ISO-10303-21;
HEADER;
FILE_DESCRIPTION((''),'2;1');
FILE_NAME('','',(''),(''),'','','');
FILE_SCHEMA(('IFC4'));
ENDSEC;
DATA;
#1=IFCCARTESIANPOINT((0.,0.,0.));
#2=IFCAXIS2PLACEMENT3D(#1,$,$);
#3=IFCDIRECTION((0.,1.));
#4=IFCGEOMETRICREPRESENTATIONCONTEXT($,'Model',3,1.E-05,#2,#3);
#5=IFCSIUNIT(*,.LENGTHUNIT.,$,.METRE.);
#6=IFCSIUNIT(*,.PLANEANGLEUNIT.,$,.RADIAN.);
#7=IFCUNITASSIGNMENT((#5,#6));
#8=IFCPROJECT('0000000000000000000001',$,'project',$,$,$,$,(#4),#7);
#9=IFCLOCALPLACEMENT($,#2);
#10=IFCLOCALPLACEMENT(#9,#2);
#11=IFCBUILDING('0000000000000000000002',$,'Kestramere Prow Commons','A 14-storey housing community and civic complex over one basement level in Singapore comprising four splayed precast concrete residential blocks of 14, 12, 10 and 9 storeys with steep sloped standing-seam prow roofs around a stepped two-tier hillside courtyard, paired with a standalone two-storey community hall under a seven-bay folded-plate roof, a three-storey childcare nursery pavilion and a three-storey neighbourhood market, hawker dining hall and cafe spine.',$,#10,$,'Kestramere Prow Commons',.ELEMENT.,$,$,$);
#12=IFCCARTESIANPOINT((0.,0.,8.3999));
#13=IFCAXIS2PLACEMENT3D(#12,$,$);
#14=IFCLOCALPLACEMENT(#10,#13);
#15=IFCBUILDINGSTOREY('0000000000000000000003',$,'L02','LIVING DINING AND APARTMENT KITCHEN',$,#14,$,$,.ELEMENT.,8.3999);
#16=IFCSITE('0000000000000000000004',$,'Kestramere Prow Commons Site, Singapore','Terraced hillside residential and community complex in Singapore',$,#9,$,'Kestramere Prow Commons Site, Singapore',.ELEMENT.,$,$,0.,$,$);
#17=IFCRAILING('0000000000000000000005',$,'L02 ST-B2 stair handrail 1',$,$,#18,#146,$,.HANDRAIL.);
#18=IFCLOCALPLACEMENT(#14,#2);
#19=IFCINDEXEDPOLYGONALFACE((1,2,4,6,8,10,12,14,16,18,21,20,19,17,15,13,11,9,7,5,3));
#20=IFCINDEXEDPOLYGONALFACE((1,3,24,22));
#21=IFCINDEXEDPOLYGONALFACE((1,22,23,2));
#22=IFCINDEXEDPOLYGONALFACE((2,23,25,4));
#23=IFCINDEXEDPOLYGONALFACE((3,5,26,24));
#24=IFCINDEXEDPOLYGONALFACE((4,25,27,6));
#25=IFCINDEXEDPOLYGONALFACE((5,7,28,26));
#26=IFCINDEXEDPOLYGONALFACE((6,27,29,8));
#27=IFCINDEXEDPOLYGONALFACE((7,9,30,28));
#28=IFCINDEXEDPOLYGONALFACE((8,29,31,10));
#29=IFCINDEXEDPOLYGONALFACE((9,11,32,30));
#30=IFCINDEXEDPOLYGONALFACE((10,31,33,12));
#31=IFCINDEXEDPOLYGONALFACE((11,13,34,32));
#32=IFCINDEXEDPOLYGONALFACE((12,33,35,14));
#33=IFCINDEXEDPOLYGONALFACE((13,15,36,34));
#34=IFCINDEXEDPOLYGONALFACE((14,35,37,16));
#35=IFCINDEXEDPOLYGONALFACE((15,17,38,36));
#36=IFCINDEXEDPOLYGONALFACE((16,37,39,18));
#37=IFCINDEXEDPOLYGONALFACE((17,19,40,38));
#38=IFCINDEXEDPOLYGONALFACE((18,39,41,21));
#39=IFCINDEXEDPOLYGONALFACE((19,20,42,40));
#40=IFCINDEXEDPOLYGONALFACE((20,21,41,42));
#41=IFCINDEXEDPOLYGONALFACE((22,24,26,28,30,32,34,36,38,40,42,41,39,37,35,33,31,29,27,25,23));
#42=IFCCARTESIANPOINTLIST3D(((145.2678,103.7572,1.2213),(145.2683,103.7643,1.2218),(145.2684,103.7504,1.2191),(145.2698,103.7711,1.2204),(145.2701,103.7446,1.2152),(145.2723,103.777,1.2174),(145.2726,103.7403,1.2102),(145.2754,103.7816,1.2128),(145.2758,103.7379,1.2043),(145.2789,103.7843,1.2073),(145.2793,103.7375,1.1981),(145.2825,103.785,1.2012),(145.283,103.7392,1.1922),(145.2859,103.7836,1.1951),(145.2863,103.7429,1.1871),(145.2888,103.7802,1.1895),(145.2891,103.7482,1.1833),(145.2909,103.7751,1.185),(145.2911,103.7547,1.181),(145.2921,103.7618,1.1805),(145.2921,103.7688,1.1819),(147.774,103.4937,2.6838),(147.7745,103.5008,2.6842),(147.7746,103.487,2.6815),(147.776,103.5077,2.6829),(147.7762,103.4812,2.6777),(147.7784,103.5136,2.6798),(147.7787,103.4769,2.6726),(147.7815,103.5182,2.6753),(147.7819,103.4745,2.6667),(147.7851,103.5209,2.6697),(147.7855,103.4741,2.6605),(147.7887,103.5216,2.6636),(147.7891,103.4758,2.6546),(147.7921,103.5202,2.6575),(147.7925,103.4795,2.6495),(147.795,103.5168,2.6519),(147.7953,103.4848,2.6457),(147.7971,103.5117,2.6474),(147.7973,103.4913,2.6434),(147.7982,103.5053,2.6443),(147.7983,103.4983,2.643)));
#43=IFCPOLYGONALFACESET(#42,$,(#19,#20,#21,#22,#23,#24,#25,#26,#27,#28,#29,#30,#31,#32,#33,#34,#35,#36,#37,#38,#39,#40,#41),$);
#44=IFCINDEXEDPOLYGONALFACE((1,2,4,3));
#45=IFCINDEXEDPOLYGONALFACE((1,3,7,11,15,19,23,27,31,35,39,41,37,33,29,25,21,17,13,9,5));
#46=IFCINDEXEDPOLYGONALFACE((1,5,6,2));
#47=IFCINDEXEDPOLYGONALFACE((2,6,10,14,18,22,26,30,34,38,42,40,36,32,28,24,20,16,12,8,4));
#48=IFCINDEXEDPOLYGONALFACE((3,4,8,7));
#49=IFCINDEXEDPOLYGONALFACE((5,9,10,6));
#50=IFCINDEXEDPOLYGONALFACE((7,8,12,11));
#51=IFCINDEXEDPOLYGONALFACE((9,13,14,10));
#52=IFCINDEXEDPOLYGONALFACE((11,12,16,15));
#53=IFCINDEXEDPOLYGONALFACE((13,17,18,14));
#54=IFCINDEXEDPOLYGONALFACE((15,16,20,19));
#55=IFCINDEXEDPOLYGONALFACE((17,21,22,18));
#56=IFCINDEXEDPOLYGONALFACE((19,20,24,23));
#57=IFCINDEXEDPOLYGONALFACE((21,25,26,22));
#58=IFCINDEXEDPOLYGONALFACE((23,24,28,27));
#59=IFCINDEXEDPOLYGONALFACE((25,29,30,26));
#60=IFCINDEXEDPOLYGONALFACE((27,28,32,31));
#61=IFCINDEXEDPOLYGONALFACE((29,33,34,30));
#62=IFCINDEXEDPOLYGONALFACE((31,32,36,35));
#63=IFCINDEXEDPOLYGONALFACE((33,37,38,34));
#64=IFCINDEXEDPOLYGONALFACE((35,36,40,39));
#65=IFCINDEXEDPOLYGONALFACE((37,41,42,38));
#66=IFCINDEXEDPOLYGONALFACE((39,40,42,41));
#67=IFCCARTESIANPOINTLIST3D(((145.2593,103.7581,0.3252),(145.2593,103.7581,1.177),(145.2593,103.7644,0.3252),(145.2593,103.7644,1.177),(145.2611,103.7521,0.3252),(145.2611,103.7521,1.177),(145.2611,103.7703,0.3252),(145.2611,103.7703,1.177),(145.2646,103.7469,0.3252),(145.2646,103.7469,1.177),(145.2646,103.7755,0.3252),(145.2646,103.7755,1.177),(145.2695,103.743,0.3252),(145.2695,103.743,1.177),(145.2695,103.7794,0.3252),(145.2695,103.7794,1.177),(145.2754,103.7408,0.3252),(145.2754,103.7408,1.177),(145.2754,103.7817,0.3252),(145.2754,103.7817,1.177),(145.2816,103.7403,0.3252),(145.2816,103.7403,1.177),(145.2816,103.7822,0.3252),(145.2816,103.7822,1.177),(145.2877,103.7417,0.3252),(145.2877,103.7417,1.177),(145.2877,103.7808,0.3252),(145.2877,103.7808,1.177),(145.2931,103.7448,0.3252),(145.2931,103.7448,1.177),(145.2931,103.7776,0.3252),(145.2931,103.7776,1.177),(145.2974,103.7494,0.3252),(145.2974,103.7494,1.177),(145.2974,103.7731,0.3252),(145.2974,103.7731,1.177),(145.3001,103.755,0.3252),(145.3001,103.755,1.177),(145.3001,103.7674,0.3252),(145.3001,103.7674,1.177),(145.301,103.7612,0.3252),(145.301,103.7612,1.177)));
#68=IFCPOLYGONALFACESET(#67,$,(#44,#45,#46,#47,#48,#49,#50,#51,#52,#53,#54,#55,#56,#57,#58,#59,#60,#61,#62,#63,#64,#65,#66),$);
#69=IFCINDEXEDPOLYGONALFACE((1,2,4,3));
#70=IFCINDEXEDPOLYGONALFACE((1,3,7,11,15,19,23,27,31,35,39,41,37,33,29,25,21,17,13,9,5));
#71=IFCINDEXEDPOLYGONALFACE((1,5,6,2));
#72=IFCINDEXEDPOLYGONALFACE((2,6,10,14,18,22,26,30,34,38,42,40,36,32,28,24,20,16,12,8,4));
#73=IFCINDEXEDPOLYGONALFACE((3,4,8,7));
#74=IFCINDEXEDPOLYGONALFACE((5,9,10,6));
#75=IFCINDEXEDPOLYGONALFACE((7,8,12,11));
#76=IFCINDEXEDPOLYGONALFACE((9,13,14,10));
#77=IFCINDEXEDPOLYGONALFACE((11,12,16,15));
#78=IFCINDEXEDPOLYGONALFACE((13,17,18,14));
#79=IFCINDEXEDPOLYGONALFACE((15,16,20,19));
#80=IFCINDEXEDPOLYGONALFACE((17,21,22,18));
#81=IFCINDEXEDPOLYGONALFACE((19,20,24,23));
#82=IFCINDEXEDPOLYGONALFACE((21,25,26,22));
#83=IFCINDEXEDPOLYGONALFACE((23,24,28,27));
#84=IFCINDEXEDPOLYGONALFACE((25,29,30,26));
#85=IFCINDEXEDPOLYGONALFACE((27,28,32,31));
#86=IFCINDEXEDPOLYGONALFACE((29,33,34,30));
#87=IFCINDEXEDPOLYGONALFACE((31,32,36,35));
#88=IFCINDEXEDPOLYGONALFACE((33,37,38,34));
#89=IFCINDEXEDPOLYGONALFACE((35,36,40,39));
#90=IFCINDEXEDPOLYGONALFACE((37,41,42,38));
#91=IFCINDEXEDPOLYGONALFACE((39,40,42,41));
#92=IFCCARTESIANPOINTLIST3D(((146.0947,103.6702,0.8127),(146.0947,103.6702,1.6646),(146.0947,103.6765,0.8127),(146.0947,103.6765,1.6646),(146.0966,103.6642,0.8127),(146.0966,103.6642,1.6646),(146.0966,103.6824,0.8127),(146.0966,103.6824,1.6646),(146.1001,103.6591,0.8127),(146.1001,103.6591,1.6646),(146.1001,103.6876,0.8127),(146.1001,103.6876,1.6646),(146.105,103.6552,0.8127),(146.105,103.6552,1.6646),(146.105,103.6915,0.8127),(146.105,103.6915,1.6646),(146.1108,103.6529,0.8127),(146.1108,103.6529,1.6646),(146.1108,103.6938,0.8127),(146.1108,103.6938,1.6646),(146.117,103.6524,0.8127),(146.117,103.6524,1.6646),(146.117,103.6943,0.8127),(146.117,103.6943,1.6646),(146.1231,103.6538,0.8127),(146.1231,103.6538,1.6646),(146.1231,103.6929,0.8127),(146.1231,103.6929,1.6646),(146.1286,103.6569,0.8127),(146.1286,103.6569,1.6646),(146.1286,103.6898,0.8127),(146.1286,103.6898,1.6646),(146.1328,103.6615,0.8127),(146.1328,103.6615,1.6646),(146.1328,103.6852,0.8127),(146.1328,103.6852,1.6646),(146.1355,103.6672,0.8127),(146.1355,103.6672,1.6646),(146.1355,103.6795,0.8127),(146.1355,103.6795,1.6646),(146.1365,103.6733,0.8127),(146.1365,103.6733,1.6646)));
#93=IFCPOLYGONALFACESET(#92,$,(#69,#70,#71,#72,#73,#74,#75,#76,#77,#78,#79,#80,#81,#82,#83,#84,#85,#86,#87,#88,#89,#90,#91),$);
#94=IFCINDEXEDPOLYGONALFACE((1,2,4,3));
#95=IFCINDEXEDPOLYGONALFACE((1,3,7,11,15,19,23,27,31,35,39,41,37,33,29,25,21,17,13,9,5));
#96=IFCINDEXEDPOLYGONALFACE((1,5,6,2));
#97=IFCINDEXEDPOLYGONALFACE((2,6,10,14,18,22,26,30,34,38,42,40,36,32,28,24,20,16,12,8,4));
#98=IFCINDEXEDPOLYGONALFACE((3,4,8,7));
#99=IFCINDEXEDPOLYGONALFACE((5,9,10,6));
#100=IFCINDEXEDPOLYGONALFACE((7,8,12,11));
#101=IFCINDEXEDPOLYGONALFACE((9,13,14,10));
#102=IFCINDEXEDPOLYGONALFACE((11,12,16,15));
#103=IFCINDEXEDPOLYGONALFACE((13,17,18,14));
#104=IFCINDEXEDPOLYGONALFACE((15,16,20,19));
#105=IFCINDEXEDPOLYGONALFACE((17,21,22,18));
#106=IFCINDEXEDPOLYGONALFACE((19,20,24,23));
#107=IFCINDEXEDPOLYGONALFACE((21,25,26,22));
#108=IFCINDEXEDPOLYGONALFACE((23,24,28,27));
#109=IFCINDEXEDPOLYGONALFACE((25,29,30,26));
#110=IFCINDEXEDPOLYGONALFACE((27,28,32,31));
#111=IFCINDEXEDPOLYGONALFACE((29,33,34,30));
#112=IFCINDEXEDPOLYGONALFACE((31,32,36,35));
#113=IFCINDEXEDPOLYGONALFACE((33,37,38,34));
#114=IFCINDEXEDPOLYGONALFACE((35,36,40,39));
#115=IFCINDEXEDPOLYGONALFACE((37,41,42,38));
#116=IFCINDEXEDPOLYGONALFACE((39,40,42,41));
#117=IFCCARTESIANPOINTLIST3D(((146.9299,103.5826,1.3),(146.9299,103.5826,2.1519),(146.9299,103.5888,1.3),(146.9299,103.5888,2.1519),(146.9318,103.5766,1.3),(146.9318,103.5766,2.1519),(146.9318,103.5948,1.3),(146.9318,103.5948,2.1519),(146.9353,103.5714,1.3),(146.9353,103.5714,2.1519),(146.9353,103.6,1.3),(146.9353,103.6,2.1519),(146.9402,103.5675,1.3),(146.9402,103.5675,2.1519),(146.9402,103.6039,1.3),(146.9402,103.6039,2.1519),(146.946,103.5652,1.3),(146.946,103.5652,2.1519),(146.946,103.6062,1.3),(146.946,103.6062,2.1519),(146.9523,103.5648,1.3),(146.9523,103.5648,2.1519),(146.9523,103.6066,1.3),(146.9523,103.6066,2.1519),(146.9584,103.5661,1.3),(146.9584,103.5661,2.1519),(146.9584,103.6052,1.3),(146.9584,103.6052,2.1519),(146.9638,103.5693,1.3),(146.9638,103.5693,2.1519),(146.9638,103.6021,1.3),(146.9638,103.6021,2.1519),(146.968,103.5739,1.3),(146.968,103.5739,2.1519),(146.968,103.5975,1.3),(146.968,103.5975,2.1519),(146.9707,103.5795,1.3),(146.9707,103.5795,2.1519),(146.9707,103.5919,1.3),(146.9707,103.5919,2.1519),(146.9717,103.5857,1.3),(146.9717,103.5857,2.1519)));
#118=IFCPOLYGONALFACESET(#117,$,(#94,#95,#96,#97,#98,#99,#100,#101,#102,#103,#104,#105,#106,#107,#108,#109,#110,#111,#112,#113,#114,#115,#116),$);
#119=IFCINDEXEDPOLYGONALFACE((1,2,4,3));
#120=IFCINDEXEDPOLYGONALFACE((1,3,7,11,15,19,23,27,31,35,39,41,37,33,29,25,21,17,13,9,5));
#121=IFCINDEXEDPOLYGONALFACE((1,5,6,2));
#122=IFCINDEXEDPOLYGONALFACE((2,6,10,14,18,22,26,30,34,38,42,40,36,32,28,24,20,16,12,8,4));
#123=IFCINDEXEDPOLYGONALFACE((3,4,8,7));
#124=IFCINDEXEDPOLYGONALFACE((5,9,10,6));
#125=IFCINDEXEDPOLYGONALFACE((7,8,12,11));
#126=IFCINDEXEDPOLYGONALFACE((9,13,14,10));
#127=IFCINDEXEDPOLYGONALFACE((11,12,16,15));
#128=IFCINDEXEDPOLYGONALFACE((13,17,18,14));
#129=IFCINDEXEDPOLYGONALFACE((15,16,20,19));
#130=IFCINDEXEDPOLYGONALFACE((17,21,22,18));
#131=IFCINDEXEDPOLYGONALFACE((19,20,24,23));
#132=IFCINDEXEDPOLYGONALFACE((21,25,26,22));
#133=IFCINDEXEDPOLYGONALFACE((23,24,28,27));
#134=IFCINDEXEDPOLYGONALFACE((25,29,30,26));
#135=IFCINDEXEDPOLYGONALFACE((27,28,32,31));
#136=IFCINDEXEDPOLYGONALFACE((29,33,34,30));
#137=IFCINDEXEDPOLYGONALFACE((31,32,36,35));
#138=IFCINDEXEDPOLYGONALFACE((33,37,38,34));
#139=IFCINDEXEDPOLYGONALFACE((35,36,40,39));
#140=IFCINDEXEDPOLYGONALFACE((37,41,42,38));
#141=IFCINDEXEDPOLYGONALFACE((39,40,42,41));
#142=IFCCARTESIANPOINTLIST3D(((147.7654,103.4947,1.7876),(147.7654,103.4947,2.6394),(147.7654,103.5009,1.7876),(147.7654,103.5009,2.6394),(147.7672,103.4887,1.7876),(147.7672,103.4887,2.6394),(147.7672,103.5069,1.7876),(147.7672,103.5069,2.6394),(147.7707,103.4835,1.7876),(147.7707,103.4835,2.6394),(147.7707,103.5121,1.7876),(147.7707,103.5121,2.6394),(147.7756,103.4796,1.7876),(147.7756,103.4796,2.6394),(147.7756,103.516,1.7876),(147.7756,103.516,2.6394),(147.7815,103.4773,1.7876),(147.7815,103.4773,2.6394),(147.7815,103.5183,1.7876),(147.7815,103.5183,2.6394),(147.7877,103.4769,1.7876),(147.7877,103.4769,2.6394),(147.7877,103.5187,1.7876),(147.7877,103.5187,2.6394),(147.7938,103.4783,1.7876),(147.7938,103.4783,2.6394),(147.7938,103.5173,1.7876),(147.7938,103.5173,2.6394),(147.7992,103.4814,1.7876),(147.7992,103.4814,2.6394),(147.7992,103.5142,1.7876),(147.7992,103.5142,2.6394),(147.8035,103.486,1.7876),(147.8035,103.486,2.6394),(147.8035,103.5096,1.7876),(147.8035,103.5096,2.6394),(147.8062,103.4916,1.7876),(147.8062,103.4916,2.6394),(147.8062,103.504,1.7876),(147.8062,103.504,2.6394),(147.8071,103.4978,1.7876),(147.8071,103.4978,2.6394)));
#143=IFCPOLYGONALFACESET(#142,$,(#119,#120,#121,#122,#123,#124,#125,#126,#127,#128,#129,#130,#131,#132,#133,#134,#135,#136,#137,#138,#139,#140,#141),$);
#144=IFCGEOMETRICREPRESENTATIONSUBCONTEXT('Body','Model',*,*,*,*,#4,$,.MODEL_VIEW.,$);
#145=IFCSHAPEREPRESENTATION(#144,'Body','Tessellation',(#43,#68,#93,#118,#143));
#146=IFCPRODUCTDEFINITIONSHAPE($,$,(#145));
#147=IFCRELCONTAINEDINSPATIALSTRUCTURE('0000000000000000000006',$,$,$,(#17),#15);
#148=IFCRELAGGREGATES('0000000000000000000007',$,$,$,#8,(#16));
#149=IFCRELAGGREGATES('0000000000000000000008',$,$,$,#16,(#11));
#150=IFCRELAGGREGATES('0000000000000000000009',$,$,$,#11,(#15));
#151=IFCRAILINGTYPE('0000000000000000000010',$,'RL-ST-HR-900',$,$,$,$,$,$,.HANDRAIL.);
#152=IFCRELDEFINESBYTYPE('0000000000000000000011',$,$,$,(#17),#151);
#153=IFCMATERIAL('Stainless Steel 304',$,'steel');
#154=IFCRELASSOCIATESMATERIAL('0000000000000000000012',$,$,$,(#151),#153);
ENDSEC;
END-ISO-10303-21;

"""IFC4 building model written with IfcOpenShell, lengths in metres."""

from ifc_helpers import new_model, si_unit, direction, frame, origin, origin_2d, place, context, subcontext, project, spatial, circle, extrude, material, type_object, element, save


model = new_model("IFC4")

# Units and contexts
model_context = context("Model", 3, precision=1e-05, world=origin(), true_north=direction((0.0, 1.0)))
body_context = subcontext(model_context, "Body", "Model", "MODEL_VIEW")
ifc_project = project(units=[si_unit("LENGTHUNIT", "METRE"), si_unit("PLANEANGLEUNIT", "RADIAN")], contexts=[model_context])

# Site, building, storey
site_placement = place(None, origin())
site = spatial("IfcSite", under=ifc_project, at=site_placement, Name="Kestramere Prow Commons Site, Singapore", Description="Terraced hillside residential and community complex in Singapore", LongName="Kestramere Prow Commons Site, Singapore", CompositionType="ELEMENT", RefElevation=0.0)
building_placement = place(site_placement, origin())
building = spatial("IfcBuilding", under=site, at=building_placement, Name="Kestramere Prow Commons", Description="A 14-storey housing community and civic complex over one basement level in Singapore comprising four splayed precast concrete residential blocks of 14, 12, 10 and 9 storeys with steep sloped standing-seam prow roofs around a stepped two-tier hillside courtyard, paired with a standalone two-storey community hall under a seven-bay folded-plate roof, a three-storey childcare nursery pavilion and a three-storey neighbourhood market, hawker dining hall and cafe spine.", LongName="Kestramere Prow Commons", CompositionType="ELEMENT")
storey_placement = place(building_placement, frame((0.0, 0.0, 8.3999)))
storey = spatial("IfcBuildingStorey", under=building, at=storey_placement, Name="L02", Description="LIVING DINING AND APARTMENT KITCHEN", CompositionType="ELEMENT", Elevation=8.3999)

# Railing
ifc_material_1 = material(Name="Stainless Steel 304", Category="steel")
railing_type_1 = type_object("IfcRailingType", Name="RL-ST-HR-900", PredefinedType="HANDRAIL", material=ifc_material_1)
railing_1_placement = place(storey_placement, frame((145.28, 103.7612, 0.3252)))
element("IfcRailing", 1, at=railing_1_placement, inside=storey, type_object=railing_type_1, Name="L02 ST-B2 stair handrail 1", PredefinedType="HANDRAIL", context=body_context, shape_type="SweptSolid", body=[
    extrude(circle(Radius=0.0239, at=origin_2d()), frame((0.0, 0.0, 0.876), z_axis=(0.860165, -0.090416, 0.501937), x_axis=(0.104539, 0.994521, 0.0)), (0.0, 0.0, 1.0), 2.9136),
    extrude(circle(Radius=0.021, at=origin_2d()), origin(), (0.0, 0.0, 1.0), 0.8518),
    extrude(circle(Radius=0.021, at=origin_2d()), frame((0.8354, -0.0879, 0.4875)), (0.0, 0.0, 1.0), 0.8518),
    extrude(circle(Radius=0.021, at=origin_2d()), frame((1.6707, -0.1755, 0.9749)), (0.0, 0.0, 1.0), 0.8518),
    extrude(circle(Radius=0.021, at=origin_2d()), frame((2.5061, -0.2634, 1.4624)), (0.0, 0.0, 1.0), 0.8518),
])

save(model, "model.ifc")
